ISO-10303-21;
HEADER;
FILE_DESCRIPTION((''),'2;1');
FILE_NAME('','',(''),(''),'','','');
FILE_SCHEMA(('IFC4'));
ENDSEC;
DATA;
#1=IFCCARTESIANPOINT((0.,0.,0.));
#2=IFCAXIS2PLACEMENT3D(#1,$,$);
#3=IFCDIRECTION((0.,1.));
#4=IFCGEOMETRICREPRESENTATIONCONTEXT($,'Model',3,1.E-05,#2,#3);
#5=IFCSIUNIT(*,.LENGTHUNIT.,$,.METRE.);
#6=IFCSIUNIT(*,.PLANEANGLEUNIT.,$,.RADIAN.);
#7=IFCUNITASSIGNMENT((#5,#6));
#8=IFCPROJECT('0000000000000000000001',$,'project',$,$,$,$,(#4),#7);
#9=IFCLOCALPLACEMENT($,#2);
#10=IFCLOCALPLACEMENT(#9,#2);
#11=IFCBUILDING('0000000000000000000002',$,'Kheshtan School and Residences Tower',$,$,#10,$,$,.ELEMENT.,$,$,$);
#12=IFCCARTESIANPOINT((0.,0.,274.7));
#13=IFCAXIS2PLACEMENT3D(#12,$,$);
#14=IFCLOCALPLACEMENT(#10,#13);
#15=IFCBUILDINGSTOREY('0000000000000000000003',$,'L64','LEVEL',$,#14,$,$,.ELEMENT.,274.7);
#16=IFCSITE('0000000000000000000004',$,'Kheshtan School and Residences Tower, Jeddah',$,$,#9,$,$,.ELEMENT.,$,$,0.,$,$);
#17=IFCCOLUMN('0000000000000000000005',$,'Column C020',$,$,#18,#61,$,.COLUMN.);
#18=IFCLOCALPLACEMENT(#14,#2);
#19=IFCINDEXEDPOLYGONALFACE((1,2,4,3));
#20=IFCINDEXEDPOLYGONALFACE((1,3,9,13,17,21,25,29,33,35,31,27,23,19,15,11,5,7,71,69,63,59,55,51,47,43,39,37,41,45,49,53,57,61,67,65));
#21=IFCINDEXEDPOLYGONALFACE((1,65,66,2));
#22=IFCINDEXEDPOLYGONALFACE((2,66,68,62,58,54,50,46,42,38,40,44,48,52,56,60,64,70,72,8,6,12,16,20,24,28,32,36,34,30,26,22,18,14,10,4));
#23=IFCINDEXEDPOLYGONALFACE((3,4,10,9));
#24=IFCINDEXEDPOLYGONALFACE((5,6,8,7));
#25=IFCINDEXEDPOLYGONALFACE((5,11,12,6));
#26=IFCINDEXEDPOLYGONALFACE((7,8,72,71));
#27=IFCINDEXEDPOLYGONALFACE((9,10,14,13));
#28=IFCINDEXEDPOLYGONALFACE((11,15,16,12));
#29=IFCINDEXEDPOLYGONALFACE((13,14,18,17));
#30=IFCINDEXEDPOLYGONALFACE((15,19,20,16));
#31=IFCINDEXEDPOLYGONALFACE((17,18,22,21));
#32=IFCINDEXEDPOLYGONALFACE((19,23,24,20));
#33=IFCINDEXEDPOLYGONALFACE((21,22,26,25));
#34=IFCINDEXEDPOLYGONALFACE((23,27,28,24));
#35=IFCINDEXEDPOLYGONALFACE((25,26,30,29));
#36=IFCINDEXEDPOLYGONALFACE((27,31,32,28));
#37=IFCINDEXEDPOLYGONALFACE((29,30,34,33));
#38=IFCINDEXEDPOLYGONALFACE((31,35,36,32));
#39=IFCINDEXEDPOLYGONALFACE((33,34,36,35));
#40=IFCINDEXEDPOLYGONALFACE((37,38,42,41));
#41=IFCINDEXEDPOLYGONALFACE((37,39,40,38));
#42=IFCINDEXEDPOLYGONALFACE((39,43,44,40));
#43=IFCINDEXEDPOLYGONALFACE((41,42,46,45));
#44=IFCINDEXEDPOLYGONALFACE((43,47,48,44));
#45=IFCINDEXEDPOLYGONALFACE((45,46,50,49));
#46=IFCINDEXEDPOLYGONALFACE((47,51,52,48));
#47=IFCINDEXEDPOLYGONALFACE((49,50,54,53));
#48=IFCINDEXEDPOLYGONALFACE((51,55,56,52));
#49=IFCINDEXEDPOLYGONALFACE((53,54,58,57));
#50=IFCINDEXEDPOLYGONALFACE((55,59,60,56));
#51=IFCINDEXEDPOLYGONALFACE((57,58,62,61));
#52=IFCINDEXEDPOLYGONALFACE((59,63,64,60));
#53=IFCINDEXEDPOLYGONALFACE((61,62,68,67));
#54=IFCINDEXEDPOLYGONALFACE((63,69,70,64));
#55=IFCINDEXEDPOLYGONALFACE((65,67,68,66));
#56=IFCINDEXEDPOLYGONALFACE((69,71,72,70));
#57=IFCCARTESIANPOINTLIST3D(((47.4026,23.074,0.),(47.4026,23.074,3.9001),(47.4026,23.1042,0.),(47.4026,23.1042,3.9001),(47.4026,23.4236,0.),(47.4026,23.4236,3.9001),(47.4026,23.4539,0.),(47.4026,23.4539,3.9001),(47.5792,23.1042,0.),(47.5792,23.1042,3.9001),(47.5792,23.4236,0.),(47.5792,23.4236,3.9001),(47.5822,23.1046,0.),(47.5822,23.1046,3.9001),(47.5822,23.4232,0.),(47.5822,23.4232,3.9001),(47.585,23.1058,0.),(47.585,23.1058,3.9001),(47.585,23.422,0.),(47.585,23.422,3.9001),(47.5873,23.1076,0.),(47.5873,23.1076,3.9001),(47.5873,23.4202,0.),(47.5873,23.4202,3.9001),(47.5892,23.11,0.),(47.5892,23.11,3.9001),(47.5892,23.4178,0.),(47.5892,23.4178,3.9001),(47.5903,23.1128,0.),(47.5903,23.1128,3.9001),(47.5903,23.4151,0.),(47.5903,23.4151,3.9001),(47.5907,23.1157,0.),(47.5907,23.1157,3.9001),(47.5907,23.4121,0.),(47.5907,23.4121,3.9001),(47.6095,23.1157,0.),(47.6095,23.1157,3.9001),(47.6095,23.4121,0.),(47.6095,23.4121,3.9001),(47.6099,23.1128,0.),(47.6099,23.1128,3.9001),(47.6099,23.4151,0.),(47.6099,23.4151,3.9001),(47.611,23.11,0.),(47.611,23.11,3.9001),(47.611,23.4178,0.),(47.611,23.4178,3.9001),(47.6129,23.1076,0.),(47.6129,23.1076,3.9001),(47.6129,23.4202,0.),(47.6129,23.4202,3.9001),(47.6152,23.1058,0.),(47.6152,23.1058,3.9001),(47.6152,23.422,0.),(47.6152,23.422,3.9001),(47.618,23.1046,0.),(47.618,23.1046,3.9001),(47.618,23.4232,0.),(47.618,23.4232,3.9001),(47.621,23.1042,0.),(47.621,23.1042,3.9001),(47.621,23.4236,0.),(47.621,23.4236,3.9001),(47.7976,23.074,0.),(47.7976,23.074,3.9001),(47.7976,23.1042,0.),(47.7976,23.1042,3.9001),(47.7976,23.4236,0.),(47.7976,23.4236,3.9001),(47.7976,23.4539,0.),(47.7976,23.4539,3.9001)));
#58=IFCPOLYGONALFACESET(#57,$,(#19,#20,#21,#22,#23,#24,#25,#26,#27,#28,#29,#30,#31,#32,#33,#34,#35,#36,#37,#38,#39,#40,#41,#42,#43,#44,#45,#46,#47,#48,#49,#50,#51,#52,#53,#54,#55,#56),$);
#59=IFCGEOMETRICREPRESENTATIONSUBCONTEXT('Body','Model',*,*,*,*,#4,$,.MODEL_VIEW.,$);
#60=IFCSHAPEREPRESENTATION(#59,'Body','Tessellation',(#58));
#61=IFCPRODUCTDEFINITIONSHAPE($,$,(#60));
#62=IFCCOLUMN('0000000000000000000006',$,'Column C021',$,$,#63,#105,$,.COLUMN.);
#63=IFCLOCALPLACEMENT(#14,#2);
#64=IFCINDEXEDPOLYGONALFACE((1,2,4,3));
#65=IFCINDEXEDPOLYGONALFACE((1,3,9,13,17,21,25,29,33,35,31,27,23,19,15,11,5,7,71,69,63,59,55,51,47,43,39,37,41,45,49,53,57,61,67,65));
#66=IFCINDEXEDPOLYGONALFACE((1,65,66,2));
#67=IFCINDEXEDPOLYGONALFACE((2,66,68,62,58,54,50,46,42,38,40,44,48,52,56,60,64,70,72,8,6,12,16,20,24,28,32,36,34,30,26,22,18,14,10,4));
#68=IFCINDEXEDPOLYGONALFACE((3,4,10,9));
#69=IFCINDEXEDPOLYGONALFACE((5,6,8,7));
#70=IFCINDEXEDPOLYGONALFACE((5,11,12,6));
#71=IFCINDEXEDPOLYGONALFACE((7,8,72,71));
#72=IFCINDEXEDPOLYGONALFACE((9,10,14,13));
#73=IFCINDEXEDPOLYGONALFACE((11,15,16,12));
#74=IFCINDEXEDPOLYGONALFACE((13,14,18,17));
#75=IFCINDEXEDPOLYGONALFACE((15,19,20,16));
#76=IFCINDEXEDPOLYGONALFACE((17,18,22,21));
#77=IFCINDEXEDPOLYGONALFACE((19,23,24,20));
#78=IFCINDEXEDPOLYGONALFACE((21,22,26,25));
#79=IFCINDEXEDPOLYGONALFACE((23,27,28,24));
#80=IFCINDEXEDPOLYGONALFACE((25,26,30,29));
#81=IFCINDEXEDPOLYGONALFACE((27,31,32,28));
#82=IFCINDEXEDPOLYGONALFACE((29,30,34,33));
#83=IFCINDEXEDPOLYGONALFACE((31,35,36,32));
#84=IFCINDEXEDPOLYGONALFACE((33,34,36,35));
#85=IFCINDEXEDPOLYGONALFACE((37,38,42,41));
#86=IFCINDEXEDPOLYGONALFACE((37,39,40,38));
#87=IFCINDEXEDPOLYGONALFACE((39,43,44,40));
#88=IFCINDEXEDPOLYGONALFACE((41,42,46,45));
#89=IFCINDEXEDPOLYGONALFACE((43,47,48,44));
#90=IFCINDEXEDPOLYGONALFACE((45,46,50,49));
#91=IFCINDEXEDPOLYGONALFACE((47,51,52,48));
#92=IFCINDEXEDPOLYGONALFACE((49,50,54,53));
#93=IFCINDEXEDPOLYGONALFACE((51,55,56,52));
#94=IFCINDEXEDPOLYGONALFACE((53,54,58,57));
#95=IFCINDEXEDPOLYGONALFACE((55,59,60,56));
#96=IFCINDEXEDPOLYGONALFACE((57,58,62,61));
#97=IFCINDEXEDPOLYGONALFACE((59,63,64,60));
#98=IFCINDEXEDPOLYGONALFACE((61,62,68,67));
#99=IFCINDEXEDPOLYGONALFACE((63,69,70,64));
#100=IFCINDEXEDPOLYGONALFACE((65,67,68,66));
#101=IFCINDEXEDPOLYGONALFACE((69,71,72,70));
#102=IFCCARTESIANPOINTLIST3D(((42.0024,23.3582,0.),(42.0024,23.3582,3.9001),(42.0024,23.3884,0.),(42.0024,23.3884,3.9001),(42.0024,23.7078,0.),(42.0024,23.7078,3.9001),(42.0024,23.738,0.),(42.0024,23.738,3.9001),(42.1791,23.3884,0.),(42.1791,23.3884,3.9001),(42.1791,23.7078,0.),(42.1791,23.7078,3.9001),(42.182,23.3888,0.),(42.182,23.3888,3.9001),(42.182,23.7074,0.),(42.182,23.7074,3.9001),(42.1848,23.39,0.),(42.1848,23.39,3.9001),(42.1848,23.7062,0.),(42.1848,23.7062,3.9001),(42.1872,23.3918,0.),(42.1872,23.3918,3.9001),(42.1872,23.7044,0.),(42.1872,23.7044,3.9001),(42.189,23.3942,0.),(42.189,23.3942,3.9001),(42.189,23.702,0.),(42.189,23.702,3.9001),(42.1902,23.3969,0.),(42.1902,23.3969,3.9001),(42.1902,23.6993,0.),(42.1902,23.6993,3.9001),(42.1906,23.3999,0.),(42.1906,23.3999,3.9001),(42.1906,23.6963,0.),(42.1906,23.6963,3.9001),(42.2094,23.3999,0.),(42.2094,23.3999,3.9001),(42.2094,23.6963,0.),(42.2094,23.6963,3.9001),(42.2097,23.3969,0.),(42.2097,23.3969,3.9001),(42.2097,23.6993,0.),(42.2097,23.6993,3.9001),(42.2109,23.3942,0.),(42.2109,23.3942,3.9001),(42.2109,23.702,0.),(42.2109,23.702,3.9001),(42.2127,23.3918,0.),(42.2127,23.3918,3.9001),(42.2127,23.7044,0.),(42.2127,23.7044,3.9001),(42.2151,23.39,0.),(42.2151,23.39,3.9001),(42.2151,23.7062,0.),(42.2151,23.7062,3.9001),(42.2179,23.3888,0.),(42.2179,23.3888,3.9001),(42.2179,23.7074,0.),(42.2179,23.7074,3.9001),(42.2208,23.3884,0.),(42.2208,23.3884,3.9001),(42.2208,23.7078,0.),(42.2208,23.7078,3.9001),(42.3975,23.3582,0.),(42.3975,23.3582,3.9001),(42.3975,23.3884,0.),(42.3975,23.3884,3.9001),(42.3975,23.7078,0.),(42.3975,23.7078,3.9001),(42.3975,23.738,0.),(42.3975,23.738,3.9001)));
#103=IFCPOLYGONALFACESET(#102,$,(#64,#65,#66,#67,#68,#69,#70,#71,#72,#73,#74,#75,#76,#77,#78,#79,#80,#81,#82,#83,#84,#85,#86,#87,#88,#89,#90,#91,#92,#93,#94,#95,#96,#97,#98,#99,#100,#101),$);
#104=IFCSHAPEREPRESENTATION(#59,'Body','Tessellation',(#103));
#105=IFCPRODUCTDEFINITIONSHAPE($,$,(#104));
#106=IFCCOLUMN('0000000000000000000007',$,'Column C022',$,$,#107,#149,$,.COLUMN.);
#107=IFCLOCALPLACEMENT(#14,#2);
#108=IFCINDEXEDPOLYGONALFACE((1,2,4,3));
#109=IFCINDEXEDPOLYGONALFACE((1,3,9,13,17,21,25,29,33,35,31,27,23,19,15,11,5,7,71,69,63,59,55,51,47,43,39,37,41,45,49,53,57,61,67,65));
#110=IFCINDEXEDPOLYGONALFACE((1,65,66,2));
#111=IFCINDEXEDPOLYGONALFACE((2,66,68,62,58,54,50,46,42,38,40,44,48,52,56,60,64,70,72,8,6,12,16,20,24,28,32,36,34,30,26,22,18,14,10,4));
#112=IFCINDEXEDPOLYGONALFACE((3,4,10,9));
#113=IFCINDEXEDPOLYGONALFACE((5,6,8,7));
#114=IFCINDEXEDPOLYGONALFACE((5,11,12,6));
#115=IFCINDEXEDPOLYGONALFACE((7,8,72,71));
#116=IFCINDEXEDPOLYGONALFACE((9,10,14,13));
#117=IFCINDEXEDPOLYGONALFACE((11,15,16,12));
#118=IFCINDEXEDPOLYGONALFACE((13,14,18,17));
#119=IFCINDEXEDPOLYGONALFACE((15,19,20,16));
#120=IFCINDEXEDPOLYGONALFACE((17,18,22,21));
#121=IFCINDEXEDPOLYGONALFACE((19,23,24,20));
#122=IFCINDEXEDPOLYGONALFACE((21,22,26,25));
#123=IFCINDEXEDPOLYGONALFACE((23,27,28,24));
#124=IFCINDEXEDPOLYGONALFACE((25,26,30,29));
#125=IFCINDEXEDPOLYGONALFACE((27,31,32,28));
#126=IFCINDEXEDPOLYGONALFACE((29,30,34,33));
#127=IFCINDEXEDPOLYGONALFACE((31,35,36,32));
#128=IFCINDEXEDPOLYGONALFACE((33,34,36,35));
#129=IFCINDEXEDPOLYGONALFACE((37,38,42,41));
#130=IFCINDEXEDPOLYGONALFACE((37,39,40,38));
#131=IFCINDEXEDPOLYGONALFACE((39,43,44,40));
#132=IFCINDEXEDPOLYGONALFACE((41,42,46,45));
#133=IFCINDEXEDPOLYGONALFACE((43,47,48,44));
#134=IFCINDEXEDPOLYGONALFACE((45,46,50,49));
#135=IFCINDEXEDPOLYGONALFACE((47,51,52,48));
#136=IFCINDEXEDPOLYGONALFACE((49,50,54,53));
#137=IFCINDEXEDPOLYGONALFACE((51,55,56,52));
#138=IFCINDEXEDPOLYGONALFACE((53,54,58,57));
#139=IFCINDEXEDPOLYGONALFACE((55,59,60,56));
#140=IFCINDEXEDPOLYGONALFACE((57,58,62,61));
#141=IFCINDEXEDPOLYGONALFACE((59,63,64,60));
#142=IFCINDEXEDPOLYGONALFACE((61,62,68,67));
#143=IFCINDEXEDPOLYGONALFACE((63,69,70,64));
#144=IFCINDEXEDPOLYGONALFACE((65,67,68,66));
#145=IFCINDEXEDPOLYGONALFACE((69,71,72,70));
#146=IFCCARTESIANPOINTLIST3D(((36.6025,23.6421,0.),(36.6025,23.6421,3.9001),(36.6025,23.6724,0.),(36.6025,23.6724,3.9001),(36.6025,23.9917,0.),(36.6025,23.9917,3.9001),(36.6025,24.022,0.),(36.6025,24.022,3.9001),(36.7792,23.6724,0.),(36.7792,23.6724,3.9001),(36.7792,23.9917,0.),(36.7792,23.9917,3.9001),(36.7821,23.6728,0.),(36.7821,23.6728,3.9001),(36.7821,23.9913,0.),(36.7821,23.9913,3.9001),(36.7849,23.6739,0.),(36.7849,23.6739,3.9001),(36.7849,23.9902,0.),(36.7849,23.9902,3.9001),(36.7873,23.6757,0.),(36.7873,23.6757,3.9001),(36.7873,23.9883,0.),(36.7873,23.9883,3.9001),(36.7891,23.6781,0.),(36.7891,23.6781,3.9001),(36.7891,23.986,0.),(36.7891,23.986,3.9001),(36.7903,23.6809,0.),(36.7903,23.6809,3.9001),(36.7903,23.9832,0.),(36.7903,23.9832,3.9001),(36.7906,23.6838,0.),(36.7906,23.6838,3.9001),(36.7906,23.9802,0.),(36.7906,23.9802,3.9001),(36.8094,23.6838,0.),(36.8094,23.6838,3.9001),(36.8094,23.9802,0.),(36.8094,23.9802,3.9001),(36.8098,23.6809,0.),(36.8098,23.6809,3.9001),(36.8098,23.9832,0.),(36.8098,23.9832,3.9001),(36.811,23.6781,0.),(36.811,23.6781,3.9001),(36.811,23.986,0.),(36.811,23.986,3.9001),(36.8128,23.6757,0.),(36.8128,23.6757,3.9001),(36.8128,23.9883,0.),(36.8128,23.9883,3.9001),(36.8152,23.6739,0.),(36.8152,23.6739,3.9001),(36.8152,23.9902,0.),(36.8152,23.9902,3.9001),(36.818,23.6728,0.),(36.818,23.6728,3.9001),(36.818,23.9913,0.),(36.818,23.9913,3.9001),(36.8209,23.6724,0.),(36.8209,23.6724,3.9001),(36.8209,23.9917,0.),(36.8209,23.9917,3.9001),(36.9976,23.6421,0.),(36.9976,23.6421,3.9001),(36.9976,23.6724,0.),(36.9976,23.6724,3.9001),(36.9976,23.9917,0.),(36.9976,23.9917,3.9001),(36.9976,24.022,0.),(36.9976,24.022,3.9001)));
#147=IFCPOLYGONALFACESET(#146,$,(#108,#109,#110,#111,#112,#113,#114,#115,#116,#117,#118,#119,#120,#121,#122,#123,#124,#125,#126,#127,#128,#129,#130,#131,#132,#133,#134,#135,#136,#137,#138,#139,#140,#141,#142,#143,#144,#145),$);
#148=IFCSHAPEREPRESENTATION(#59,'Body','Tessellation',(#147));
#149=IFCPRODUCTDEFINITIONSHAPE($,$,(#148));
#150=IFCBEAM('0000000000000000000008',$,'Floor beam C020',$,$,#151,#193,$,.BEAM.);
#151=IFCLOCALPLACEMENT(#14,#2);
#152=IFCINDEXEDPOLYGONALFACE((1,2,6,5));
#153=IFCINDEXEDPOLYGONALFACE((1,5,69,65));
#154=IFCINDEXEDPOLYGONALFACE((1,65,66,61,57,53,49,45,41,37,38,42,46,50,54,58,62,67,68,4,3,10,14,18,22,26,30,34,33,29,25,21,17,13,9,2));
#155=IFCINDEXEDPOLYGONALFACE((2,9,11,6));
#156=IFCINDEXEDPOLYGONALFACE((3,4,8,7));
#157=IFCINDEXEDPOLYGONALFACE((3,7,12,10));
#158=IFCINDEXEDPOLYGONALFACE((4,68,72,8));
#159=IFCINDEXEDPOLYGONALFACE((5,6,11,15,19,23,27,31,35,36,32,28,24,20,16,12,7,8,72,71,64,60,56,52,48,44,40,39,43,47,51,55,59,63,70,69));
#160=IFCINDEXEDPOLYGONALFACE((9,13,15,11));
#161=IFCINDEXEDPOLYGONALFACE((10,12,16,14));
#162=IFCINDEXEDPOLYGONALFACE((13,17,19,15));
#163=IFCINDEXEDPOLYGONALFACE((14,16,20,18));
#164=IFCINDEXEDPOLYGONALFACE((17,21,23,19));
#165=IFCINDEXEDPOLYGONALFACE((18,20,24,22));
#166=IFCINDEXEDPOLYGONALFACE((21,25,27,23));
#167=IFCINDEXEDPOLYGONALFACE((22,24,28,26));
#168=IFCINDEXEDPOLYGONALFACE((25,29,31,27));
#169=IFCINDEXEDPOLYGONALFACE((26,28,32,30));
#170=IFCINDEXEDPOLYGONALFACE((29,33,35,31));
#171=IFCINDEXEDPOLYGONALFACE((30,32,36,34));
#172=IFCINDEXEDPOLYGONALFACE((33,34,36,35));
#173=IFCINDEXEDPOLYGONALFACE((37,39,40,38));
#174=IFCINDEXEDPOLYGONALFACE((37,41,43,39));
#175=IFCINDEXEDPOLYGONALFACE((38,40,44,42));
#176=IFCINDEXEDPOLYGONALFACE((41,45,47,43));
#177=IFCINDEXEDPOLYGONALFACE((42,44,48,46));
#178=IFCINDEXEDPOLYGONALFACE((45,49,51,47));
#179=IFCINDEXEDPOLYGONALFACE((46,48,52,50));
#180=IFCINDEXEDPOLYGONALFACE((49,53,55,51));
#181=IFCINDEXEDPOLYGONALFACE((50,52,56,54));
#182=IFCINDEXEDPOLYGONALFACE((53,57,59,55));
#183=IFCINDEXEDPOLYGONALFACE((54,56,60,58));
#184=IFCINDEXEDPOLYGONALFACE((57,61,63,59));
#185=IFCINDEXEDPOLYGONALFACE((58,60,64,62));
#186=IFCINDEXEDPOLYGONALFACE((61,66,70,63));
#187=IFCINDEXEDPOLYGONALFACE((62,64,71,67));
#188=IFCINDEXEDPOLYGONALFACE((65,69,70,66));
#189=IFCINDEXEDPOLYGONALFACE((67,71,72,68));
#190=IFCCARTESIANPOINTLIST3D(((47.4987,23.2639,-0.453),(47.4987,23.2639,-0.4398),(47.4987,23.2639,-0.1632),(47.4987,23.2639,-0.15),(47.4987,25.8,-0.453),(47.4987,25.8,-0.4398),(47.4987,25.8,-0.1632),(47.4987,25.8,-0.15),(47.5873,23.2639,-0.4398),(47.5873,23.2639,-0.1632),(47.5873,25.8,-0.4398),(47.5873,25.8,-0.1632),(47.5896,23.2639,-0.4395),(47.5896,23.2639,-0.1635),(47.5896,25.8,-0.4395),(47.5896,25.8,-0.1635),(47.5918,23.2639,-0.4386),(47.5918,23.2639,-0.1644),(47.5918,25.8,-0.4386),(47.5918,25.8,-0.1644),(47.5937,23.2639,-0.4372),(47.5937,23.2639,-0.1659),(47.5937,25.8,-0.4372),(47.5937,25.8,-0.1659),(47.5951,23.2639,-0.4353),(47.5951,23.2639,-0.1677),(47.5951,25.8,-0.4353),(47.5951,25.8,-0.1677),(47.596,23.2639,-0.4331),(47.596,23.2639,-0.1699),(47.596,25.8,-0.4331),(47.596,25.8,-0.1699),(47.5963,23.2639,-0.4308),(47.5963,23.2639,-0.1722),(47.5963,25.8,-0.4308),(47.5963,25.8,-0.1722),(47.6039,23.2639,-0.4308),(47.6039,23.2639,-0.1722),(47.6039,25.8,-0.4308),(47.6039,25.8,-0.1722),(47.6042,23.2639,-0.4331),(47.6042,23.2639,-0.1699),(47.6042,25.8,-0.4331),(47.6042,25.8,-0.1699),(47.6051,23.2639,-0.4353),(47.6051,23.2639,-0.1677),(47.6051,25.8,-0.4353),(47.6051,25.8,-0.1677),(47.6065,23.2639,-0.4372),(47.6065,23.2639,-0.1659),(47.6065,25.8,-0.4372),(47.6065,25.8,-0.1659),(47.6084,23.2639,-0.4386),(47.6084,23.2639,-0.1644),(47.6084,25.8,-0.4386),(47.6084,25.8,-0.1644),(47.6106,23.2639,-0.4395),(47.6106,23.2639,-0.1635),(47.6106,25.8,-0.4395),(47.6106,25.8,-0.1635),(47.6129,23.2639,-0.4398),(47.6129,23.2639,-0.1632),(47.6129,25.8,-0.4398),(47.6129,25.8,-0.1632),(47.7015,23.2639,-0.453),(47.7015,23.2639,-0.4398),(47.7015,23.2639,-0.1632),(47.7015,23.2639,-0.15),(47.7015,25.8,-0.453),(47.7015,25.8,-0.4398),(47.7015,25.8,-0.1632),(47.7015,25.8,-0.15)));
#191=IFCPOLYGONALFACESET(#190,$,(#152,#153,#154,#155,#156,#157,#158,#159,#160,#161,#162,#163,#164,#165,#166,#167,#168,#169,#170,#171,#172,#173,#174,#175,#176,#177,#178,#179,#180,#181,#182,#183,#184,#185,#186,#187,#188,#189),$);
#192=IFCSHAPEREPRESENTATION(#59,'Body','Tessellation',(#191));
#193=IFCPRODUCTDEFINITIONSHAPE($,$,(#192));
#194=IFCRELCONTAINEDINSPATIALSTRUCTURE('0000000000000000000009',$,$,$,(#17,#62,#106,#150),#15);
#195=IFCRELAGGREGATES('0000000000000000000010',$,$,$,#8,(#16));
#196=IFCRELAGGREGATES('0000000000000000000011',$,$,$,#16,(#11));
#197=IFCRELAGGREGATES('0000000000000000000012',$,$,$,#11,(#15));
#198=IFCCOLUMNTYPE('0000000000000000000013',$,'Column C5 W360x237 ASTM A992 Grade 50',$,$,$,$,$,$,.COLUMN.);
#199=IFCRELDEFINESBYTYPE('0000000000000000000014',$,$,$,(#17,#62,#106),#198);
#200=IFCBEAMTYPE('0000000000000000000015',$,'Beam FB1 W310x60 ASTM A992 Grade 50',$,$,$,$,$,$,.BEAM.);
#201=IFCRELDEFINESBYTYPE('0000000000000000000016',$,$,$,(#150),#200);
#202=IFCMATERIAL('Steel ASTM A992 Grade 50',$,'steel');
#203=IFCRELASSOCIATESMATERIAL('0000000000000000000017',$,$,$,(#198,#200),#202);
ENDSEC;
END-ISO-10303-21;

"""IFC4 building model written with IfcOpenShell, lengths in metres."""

from ifc_helpers import new_model, si_unit, direction, frame, origin, origin_2d, place, context, subcontext, project, spatial, i_section, extrude, material, material_profile, profile_set, type_object, element, save


model = new_model("IFC4")

# Units and contexts
model_context = context("Model", 3, precision=1e-05, world=origin(), true_north=direction((0.0, 1.0)))
body_context = subcontext(model_context, "Body", "Model", "MODEL_VIEW")
ifc_project = project(units=[si_unit("LENGTHUNIT", "METRE"), si_unit("PLANEANGLEUNIT", "RADIAN")], contexts=[model_context])

# Site, building, storey
site_placement = place(None, origin())
site = spatial("IfcSite", under=ifc_project, at=site_placement, Name="Kheshtan School and Residences Tower, Jeddah", CompositionType="ELEMENT", RefElevation=0.0)
building_placement = place(site_placement, origin())
building = spatial("IfcBuilding", under=site, at=building_placement, Name="Kheshtan School and Residences Tower", CompositionType="ELEMENT")
storey_placement = place(building_placement, frame((0.0, 0.0, 274.7)))
storey = spatial("IfcBuildingStorey", under=building, at=storey_placement, Name="L64", Description="LEVEL", CompositionType="ELEMENT", Elevation=274.7)

# Columns
ifc_material_1 = material(Name="Steel ASTM A992 Grade 50", Category="steel")
ifc_material_profile_1 = material_profile(ifc_material_1, i_section(OverallWidth=0.395, OverallDepth=0.3799, WebThickness=0.0188, FlangeThickness=0.0303, FilletRadius=0.0115, at=origin_2d()), Name="W360x237")
ifc_profile_set_1 = profile_set([ifc_material_profile_1], Name="Steel ASTM A992 Grade 50")
column_type = type_object("IfcColumnType", Name="Column C5 W360x237 ASTM A992 Grade 50", PredefinedType="COLUMN", material=ifc_profile_set_1)
for number, where, z_axis, x_axis, name in (
    (1, (47.6001, 23.2639, 0.0), (0.0, 0.0, 1.0), (1.0, 0.0, 0.0), "Column C020"),
    (2, (42.2, 23.5481, 0.0), (0.0, 0.0, 1.0), (1.0, 0.0, 0.0), "Column C021"),
    (3, (36.8, 23.832, 0.0), (0.0, 0.0, 1.0), (1.0, 0.0, 0.0), "Column C022"),
):
    element("IfcColumn", number, at=place(storey_placement, frame(where, z_axis=z_axis, x_axis=x_axis)), inside=storey, type_object=column_type, Name=name, PredefinedType="COLUMN", context=body_context, shape_type="SweptSolid", body=[
        extrude(i_section(OverallWidth=0.395, OverallDepth=0.3799, WebThickness=0.0188, FlangeThickness=0.0303, FilletRadius=0.0115, at=origin_2d()), origin(), (0.0, 0.0, 1.0), 3.9001),
    ])

# Beam
ifc_material_profile_2 = material_profile(ifc_material_1, i_section(OverallWidth=0.2029, OverallDepth=0.303, WebThickness=0.0076, FlangeThickness=0.0132, FilletRadius=0.009, at=origin_2d()), Name="W310x60")
ifc_profile_set_2 = profile_set([ifc_material_profile_2], Name="Steel ASTM A992 Grade 50")
beam_type_1 = type_object("IfcBeamType", Name="Beam FB1 W310x60 ASTM A992 Grade 50", PredefinedType="BEAM", material=ifc_profile_set_2)
beam_1_placement = place(storey_placement, frame((47.6001, 23.2639, -0.3015), z_axis=(0.0, 1.0, 0.0), x_axis=(-1.0, 0.0, 0.0)))
element("IfcBeam", 4, at=beam_1_placement, inside=storey, type_object=beam_type_1, Name="Floor beam C020", PredefinedType="BEAM", context=body_context, shape_type="SweptSolid", body=[
    extrude(i_section(OverallWidth=0.2029, OverallDepth=0.303, WebThickness=0.0076, FlangeThickness=0.0132, FilletRadius=0.009, at=origin_2d()), origin(), (0.0, 0.0, 1.0), 2.5361),
])

save(model, "model.ifc")
